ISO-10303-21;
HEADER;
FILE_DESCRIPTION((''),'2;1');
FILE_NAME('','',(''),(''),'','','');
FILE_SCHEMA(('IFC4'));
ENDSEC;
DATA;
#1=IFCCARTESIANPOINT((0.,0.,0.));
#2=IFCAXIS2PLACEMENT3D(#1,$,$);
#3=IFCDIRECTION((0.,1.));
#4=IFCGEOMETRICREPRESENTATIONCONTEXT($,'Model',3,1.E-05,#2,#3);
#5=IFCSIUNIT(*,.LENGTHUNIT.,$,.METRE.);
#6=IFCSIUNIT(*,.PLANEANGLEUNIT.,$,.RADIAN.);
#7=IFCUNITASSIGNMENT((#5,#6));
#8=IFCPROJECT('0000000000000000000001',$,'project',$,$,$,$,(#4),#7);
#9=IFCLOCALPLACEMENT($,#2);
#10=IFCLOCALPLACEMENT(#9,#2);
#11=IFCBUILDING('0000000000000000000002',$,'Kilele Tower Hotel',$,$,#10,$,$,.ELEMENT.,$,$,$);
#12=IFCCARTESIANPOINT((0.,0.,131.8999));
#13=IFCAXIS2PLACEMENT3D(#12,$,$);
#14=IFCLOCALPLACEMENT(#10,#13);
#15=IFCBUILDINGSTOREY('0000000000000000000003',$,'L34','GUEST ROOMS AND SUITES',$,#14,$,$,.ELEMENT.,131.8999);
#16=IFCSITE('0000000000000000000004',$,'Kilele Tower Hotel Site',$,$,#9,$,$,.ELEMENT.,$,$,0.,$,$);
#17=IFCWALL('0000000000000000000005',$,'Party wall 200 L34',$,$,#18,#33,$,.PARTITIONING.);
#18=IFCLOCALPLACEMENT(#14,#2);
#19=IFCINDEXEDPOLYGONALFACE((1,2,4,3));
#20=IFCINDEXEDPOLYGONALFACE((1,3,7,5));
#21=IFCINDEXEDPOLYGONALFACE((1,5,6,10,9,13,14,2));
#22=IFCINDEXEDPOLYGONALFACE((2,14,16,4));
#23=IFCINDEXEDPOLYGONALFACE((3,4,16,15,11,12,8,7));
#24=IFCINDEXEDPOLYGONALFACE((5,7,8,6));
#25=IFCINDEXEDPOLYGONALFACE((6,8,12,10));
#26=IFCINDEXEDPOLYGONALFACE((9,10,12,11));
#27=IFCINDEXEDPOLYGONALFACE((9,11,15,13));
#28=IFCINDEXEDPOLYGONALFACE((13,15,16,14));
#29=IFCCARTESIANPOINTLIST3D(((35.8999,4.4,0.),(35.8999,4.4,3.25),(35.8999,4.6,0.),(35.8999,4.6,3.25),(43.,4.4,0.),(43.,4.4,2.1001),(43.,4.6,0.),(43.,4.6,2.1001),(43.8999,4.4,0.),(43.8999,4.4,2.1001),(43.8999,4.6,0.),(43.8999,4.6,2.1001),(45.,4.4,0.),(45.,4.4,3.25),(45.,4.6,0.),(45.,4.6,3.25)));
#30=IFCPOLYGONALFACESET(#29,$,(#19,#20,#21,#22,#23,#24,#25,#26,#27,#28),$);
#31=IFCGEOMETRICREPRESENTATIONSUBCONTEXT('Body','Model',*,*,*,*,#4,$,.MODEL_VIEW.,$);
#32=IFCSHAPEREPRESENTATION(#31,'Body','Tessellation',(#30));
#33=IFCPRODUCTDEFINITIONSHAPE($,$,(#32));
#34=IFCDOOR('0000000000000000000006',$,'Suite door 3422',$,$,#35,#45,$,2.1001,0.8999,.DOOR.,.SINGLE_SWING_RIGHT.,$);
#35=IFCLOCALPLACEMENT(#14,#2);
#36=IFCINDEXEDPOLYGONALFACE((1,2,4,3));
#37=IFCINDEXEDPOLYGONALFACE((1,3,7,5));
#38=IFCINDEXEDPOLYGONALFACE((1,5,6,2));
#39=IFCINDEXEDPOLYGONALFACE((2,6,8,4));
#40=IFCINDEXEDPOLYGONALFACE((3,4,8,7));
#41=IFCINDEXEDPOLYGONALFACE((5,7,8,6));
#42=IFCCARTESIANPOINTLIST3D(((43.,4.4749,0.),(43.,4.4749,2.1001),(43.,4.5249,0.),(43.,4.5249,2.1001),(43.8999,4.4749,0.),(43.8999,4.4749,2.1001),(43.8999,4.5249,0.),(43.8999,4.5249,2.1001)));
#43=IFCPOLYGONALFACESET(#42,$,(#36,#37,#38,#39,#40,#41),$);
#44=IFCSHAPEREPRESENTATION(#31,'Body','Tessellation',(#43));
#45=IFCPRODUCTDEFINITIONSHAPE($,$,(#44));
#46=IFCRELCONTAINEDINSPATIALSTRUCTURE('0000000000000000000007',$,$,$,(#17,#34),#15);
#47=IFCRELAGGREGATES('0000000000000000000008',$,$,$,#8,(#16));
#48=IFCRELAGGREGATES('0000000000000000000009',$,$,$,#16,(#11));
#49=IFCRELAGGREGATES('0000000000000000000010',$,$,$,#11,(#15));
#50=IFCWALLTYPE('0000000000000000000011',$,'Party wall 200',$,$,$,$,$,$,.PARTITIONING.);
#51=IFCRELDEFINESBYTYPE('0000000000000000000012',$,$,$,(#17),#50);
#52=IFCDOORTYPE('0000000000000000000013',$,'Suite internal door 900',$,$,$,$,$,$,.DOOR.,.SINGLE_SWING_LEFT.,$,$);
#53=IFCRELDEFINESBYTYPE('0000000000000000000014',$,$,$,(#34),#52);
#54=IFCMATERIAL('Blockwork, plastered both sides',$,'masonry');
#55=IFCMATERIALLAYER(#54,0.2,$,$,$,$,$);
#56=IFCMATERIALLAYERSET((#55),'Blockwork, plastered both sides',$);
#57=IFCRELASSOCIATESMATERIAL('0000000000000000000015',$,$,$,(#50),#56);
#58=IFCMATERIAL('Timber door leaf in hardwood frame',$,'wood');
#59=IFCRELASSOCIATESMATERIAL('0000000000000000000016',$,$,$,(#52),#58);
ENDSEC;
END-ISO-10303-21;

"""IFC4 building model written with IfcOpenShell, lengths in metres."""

from ifc_helpers import new_model, si_unit, direction, frame, frame_2d, origin, place, context, subcontext, project, spatial, rectangle, extrude, material, layer, layer_set, type_object, element, fill, save


model = new_model("IFC4")

# Units and contexts
model_context = context("Model", 3, precision=1e-05, world=origin(), true_north=direction((0.0, 1.0)))
body_context = subcontext(model_context, "Body", "Model", "MODEL_VIEW")
ifc_project = project(units=[si_unit("LENGTHUNIT", "METRE"), si_unit("PLANEANGLEUNIT", "RADIAN")], contexts=[model_context])

# Site, building, storey
site_placement = place(None, origin())
site = spatial("IfcSite", under=ifc_project, at=site_placement, Name="Kilele Tower Hotel Site", CompositionType="ELEMENT", RefElevation=0.0)
building_placement = place(site_placement, origin())
building = spatial("IfcBuilding", under=site, at=building_placement, Name="Kilele Tower Hotel", CompositionType="ELEMENT")
storey_placement = place(building_placement, frame((0.0, 0.0, 131.8999)))
storey = spatial("IfcBuildingStorey", under=building, at=storey_placement, Name="L34", Description="GUEST ROOMS AND SUITES", CompositionType="ELEMENT", Elevation=131.8999)

# Wall, opening, door
ifc_material_1 = material(Name="Blockwork, plastered both sides", Category="masonry")
ifc_layer_1 = layer(ifc_material_1, 0.2)
ifc_layer_set_1 = layer_set([ifc_layer_1], Name="Blockwork, plastered both sides")
wall_type_1 = type_object("IfcWallType", Name="Party wall 200", PredefinedType="PARTITIONING", material=ifc_layer_set_1)
wall_1_placement = place(storey_placement, frame((35.8999, 4.5, 0.0), z_axis=(0.0, 0.0, 1.0), x_axis=(1.0, 0.0, 0.0)))
wall_1 = element("IfcWall", 1, at=wall_1_placement, inside=storey, type_object=wall_type_1, Name="Party wall 200 L34", PredefinedType="PARTITIONING", context=body_context, shape_type="SweptSolid", body=[
    extrude(rectangle(XDim=9.1001, YDim=0.2, at=frame_2d((4.55, 0.0))), origin(), (0.0, 0.0, 1.0), 3.25),
])
opening_1_placement = place(wall_1_placement, frame((7.1001, 0.0, 0.0)))
opening_1 = element("IfcOpeningElement", 2, at=opening_1_placement, cuts=wall_1, PredefinedType="OPENING", context=body_context, shape_type="SweptSolid", body=[
    extrude(rectangle(XDim=0.8999, YDim=2.1001, at=frame_2d((0.45, 1.05))), frame((0.0, 0.1099, 0.0), z_axis=(0.0, -1.0, 0.0), x_axis=(1.0, 0.0, 0.0)), (0.0, 0.0, 1.0), 0.22),
])
ifc_material_2 = material(Name="Timber door leaf in hardwood frame", Category="wood")
door_type_1 = type_object("IfcDoorType", Name="Suite internal door 900", OperationType="SINGLE_SWING_LEFT", PredefinedType="DOOR", material=ifc_material_2)
door_1_placement = place(opening_1_placement, origin())
door_1 = element("IfcDoor", 3, at=door_1_placement, inside=storey, type_object=door_type_1, Name="Suite door 3422", OperationType="SINGLE_SWING_RIGHT", OverallHeight=2.1001, OverallWidth=0.8999, PredefinedType="DOOR", context=body_context, shape_type="SweptSolid", body=[
    extrude(rectangle(XDim=0.8999, YDim=2.1001, at=frame_2d((0.45, 1.05))), frame((0.0, 0.0249, 0.0), z_axis=(0.0, -1.0, 0.0), x_axis=(1.0, 0.0, 0.0)), (0.0, 0.0, 1.0), 0.05),
])
fill(opening_1, door_1)

save(model, "model.ifc")
